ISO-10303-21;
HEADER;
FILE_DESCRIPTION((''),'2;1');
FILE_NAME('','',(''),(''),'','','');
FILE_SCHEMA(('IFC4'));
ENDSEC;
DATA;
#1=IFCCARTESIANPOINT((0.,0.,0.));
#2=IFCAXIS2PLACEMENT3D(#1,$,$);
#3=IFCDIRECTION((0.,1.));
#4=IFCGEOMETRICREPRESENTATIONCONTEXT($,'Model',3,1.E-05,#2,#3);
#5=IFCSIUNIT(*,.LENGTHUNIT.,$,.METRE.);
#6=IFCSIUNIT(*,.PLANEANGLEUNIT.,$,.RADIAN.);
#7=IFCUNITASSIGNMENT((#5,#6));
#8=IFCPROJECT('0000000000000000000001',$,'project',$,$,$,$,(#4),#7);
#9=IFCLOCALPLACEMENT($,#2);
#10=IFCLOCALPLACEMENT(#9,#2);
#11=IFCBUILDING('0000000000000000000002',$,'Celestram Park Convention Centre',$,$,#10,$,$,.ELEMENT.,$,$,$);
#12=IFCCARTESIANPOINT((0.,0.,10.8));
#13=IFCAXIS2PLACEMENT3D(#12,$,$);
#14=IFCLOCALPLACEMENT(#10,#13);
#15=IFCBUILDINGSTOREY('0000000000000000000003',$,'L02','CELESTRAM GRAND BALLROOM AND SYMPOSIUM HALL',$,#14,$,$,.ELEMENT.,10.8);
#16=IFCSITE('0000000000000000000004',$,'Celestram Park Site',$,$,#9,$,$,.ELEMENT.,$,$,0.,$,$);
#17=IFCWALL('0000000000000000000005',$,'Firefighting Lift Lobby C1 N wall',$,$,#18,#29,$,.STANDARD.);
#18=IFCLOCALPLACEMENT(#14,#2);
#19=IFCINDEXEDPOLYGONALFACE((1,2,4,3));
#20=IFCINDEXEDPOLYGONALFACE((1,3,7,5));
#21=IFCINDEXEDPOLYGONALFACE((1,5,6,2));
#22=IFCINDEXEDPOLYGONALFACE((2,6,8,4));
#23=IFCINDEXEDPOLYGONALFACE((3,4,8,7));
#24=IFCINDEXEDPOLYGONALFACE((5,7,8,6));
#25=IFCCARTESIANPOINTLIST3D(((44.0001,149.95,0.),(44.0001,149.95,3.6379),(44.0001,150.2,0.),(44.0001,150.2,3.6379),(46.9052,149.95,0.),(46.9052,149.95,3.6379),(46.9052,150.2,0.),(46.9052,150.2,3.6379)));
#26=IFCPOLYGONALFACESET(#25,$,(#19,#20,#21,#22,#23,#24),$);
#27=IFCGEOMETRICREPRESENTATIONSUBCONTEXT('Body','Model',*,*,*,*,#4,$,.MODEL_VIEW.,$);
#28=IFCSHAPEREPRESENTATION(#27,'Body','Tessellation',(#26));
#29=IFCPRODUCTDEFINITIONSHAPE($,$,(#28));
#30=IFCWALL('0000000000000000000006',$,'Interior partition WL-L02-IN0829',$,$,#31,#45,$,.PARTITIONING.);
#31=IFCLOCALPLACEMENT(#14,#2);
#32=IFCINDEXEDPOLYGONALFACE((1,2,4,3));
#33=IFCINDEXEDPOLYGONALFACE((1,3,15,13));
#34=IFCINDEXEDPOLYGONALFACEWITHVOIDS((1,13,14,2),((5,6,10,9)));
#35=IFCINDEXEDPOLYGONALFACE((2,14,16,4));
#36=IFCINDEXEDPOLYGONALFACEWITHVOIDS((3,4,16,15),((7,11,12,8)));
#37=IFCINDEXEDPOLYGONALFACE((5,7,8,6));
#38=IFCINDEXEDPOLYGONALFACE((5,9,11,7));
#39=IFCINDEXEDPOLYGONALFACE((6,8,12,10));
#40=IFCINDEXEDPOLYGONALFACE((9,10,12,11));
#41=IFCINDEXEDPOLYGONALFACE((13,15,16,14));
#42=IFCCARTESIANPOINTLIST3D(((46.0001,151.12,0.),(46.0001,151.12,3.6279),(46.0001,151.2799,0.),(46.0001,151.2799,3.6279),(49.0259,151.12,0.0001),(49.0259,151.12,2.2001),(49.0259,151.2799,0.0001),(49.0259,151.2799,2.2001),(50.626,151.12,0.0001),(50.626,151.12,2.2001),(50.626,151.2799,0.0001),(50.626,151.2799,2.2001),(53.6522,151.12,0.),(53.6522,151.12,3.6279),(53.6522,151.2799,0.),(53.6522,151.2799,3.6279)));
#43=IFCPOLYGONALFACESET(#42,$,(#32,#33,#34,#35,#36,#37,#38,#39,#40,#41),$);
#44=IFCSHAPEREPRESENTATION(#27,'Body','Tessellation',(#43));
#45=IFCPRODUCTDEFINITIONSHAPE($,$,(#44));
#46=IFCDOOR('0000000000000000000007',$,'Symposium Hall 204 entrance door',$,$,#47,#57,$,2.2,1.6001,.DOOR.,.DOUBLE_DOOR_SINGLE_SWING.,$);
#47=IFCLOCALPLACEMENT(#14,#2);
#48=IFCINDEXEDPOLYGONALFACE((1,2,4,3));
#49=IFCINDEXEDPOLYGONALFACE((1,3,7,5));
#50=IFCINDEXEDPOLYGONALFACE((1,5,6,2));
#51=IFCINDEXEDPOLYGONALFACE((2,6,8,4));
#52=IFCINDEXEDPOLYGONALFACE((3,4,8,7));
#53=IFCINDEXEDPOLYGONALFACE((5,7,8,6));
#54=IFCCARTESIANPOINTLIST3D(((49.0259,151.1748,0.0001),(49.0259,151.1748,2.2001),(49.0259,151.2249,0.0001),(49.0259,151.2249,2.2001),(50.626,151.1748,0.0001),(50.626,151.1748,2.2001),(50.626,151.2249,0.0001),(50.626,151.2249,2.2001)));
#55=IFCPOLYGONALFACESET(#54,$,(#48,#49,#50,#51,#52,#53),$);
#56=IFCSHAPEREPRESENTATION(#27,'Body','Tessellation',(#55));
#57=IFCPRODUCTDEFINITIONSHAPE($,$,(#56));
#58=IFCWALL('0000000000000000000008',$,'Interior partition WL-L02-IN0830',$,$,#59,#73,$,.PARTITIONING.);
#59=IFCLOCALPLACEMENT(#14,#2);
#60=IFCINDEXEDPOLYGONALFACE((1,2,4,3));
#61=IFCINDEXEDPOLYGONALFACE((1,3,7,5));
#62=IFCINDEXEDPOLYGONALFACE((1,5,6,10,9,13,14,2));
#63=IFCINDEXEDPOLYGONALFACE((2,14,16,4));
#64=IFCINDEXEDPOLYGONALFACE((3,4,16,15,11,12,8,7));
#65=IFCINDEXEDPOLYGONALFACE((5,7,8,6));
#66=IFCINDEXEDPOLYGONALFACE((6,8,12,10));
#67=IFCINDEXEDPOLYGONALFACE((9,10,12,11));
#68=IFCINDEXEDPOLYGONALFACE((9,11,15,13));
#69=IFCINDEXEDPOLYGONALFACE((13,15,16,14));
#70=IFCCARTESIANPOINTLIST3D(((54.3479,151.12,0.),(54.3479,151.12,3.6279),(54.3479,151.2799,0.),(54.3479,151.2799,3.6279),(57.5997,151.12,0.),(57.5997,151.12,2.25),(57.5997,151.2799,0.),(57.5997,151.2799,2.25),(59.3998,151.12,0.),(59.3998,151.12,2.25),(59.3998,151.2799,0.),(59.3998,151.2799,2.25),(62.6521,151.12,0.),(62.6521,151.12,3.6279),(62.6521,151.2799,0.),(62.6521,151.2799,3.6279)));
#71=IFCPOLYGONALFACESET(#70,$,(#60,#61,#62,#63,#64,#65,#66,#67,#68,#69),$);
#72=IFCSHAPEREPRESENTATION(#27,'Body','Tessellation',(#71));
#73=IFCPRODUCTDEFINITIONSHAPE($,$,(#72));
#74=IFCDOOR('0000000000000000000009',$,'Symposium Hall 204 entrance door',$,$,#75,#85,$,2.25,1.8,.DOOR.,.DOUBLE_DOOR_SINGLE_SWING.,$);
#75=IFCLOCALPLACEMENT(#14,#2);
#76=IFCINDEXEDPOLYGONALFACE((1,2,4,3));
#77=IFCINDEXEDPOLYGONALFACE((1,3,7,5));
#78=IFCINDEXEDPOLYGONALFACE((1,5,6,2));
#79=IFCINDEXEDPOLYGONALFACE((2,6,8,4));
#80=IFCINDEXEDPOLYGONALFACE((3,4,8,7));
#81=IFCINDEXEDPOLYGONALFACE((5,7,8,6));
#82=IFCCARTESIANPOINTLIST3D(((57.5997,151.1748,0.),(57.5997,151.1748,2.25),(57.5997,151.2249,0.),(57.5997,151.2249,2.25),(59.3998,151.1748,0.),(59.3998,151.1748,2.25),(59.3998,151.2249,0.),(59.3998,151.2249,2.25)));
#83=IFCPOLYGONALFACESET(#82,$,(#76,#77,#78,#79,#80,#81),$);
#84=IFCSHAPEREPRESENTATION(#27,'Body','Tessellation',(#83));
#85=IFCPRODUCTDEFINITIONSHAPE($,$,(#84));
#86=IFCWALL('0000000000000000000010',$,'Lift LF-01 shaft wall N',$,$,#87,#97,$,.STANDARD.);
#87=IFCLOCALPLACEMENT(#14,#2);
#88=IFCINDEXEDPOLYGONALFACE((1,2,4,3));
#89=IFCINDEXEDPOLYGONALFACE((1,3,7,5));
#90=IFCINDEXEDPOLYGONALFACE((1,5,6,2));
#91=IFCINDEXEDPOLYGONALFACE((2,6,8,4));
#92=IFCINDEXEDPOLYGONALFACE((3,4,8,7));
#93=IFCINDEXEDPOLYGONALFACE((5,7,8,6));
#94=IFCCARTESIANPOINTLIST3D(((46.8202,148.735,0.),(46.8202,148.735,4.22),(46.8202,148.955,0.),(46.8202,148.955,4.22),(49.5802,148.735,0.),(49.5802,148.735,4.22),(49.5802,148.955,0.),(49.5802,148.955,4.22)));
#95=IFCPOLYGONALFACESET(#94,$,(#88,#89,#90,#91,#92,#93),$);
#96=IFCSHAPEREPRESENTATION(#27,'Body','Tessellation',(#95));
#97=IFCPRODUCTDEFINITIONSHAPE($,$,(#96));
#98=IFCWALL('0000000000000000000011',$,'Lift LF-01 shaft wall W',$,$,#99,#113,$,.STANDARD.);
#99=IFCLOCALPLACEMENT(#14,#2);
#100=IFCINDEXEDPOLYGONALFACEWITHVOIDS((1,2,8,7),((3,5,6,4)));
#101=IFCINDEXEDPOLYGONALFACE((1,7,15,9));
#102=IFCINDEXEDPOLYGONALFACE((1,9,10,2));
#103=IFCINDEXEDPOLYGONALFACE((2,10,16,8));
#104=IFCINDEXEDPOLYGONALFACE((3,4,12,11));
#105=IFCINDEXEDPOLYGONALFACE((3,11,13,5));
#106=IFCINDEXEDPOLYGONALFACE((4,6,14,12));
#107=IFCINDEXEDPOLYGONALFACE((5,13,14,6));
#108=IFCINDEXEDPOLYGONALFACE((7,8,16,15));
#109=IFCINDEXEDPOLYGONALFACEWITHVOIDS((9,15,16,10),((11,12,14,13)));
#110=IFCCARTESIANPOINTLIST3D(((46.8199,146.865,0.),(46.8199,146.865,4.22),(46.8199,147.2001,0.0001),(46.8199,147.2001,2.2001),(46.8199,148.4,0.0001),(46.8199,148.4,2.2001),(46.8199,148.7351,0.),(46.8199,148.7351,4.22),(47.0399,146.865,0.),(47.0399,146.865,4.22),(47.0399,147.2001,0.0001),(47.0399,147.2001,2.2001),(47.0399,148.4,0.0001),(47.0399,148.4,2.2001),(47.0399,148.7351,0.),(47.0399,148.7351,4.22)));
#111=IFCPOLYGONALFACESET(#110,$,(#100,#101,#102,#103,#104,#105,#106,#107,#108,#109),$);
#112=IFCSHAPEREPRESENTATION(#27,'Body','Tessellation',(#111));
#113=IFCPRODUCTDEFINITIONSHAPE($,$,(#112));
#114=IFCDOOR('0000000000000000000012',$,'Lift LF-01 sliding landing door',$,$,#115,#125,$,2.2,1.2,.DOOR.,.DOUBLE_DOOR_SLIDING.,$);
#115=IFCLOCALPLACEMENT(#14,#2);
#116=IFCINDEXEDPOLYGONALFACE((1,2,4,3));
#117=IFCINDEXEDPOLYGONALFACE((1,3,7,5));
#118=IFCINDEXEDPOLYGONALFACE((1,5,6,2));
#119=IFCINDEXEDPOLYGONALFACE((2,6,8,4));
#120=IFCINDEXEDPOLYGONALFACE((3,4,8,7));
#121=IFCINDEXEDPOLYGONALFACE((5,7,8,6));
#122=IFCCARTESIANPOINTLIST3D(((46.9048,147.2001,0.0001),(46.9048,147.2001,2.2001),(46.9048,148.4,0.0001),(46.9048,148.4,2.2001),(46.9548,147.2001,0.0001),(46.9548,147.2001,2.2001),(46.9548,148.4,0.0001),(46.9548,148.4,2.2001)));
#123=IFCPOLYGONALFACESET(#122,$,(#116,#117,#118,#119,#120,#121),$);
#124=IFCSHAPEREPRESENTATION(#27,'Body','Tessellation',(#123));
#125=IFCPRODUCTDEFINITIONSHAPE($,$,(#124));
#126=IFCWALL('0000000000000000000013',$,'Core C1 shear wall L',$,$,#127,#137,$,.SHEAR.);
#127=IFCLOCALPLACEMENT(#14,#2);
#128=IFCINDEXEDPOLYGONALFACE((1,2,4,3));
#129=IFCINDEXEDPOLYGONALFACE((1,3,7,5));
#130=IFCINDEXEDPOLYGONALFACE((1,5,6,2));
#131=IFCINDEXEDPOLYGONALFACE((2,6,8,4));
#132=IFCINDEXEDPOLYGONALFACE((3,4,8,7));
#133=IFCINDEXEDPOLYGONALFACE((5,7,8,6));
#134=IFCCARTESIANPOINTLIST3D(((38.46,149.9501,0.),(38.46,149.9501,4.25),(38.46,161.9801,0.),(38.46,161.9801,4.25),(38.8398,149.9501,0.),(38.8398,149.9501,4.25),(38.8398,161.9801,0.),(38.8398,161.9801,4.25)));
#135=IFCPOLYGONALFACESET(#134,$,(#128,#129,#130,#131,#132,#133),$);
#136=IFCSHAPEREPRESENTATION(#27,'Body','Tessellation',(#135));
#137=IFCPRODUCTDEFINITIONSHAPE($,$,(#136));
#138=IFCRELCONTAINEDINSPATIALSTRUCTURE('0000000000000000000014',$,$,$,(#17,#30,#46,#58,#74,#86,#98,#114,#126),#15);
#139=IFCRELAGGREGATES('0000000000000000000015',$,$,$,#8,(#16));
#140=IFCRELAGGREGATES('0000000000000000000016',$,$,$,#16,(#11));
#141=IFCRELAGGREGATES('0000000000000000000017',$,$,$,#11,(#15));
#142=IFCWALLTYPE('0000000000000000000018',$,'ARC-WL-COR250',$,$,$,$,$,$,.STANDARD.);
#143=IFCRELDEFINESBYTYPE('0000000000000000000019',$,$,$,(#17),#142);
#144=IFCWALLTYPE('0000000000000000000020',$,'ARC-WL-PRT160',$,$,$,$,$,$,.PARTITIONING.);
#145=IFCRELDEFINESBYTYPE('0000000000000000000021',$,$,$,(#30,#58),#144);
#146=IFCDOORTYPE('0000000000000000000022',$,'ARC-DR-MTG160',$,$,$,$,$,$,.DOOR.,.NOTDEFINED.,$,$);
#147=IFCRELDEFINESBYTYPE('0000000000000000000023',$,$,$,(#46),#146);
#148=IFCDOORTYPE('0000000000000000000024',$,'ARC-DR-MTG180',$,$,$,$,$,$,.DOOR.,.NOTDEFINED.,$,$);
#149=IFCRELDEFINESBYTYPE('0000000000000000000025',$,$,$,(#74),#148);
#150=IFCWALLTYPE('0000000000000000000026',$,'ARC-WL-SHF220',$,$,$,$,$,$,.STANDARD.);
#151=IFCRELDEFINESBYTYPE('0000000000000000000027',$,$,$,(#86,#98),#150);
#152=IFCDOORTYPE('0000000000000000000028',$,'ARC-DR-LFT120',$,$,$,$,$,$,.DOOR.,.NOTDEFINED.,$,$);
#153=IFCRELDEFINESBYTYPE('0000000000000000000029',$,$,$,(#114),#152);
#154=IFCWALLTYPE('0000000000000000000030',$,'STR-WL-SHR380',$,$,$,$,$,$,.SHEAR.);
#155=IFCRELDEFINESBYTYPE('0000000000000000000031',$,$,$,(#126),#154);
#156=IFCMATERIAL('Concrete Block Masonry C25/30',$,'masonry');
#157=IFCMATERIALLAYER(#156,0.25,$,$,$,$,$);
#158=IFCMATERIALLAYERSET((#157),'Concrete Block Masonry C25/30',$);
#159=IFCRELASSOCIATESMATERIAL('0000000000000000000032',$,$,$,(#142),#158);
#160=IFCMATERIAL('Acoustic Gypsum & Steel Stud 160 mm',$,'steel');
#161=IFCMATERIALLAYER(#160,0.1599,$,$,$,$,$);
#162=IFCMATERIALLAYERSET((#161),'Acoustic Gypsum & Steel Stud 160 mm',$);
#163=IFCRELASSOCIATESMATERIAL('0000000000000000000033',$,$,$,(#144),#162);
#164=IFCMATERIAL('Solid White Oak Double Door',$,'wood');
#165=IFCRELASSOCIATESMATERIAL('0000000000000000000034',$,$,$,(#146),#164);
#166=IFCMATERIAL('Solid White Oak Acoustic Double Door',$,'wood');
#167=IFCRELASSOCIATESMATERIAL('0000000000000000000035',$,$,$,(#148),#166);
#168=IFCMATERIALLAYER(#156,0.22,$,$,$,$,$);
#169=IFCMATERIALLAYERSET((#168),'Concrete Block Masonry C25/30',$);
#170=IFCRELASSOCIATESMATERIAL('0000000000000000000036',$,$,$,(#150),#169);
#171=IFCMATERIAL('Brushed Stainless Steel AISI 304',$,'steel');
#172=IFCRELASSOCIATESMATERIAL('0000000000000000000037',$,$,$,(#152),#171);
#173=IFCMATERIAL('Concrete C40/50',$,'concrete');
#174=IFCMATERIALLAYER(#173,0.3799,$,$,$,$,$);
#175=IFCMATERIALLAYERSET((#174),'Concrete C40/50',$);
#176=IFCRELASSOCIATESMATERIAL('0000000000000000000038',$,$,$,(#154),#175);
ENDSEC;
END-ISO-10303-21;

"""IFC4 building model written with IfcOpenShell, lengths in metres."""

from ifc_helpers import new_model, si_unit, direction, frame, frame_2d, origin, place, context, subcontext, project, spatial, rectangle, extrude, material, layer, layer_set, type_object, element, fill, save


model = new_model("IFC4")

# Units and contexts
model_context = context("Model", 3, precision=1e-05, world=origin(), true_north=direction((0.0, 1.0)))
body_context = subcontext(model_context, "Body", "Model", "MODEL_VIEW")
ifc_project = project(units=[si_unit("LENGTHUNIT", "METRE"), si_unit("PLANEANGLEUNIT", "RADIAN")], contexts=[model_context])

# Site, building, storey
site_placement = place(None, origin())
site = spatial("IfcSite", under=ifc_project, at=site_placement, Name="Celestram Park Site", CompositionType="ELEMENT", RefElevation=0.0)
building_placement = place(site_placement, origin())
building = spatial("IfcBuilding", under=site, at=building_placement, Name="Celestram Park Convention Centre", CompositionType="ELEMENT")
storey_placement = place(building_placement, frame((0.0, 0.0, 10.8)))
storey = spatial("IfcBuildingStorey", under=building, at=storey_placement, Name="L02", Description="CELESTRAM GRAND BALLROOM AND SYMPOSIUM HALL", CompositionType="ELEMENT", Elevation=10.8)

# Shared definitions
ifc_material_1 = material(Name="Concrete C40/50", Category="concrete")

# Shared definitions
ifc_material_2 = material(Name="Concrete Block Masonry C25/30", Category="masonry")
ifc_layer_1 = layer(ifc_material_2, 0.25)
ifc_layer_set_1 = layer_set([ifc_layer_1], Name="Concrete Block Masonry C25/30")
wall_type_1 = type_object("IfcWallType", Name="ARC-WL-COR250", PredefinedType="STANDARD", material=ifc_layer_set_1)

# Wall
wall_1_placement = place(storey_placement, frame((44.0, 150.075, 0.0), z_axis=(0.0, 0.0, 1.0), x_axis=(1.0, 0.0, 0.0)))
element("IfcWall", 1, at=wall_1_placement, inside=storey, type_object=wall_type_1, Name="Firefighting Lift Lobby C1 N wall", PredefinedType="STANDARD", context=body_context, shape_type="SweptSolid", body=[
    extrude(rectangle(XDim=2.905, YDim=0.25, at=frame_2d((1.4526, 0.0))), origin(), (0.0, 0.0, 1.0), 3.6379),
])

# Walls, openings, doors
ifc_material_3 = material(Name="Acoustic Gypsum & Steel Stud 160 mm", Category="steel")
ifc_layer_2 = layer(ifc_material_3, 0.1599)
ifc_layer_set_2 = layer_set([ifc_layer_2], Name="Acoustic Gypsum & Steel Stud 160 mm")
wall_type_2 = type_object("IfcWallType", Name="ARC-WL-PRT160", PredefinedType="PARTITIONING", material=ifc_layer_set_2)
wall_2_placement = place(storey_placement, frame((46.0, 151.2, 0.0), z_axis=(0.0, 0.0, 1.0), x_axis=(1.0, 0.0, 0.0)))
wall_2 = element("IfcWall", 2, at=wall_2_placement, inside=storey, type_object=wall_type_2, Name="Interior partition WL-L02-IN0829", PredefinedType="PARTITIONING", context=body_context, shape_type="SweptSolid", body=[
    extrude(rectangle(XDim=7.6521, YDim=0.1599, at=frame_2d((3.8262, 0.0))), origin(), (0.0, 0.0, 1.0), 3.6279),
])
opening_1_placement = place(wall_2_placement, frame((3.0259, 0.0, 0.0)))
opening_1 = element("IfcOpeningElement", 3, at=opening_1_placement, cuts=wall_2, PredefinedType="OPENING", context=body_context, shape_type="SweptSolid", body=[
    extrude(rectangle(XDim=1.6001, YDim=2.2, at=frame_2d((0.8, 1.1001))), frame((0.0, 0.0898, 0.0), z_axis=(0.0, -1.0, 0.0), x_axis=(1.0, 0.0, 0.0)), (0.0, 0.0, 1.0), 0.1799),
])
ifc_material_4 = material(Name="Solid White Oak Double Door", Category="wood")
door_type_1 = type_object("IfcDoorType", Name="ARC-DR-MTG160", OperationType="NOTDEFINED", PredefinedType="DOOR", material=ifc_material_4)
door_1_placement = place(opening_1_placement, origin())
door_1 = element("IfcDoor", 4, at=door_1_placement, inside=storey, type_object=door_type_1, Name="Symposium Hall 204 entrance door", OperationType="DOUBLE_DOOR_SINGLE_SWING", OverallHeight=2.2, OverallWidth=1.6001, PredefinedType="DOOR", context=body_context, shape_type="SweptSolid", body=[
    extrude(rectangle(XDim=1.6001, YDim=2.2, at=frame_2d((0.8, 1.1001))), frame((0.0, 0.0249, 0.0), z_axis=(0.0, -1.0, 0.0), x_axis=(1.0, 0.0, 0.0)), (0.0, 0.0, 1.0), 0.05),
])
fill(opening_1, door_1)
wall_3_placement = place(storey_placement, frame((54.3479, 151.2, 0.0), z_axis=(0.0, 0.0, 1.0), x_axis=(1.0, 0.0, 0.0)))
wall_3 = element("IfcWall", 5, at=wall_3_placement, inside=storey, type_object=wall_type_2, Name="Interior partition WL-L02-IN0830", PredefinedType="PARTITIONING", context=body_context, shape_type="SweptSolid", body=[
    extrude(rectangle(XDim=8.3042, YDim=0.1599, at=frame_2d((4.1521, 0.0))), origin(), (0.0, 0.0, 1.0), 3.6279),
])
opening_2_placement = place(wall_3_placement, frame((3.252, 0.0, 0.0)))
opening_2 = element("IfcOpeningElement", 6, at=opening_2_placement, cuts=wall_3, PredefinedType="OPENING", context=body_context, shape_type="SweptSolid", body=[
    extrude(rectangle(XDim=1.8, YDim=2.25, at=frame_2d((0.8999, 1.125))), frame((0.0, 0.0898, 0.0), z_axis=(0.0, -1.0, 0.0), x_axis=(1.0, 0.0, 0.0)), (0.0, 0.0, 1.0), 0.1799),
])
ifc_material_5 = material(Name="Solid White Oak Acoustic Double Door", Category="wood")
door_type_2 = type_object("IfcDoorType", Name="ARC-DR-MTG180", OperationType="NOTDEFINED", PredefinedType="DOOR", material=ifc_material_5)
door_2_placement = place(opening_2_placement, origin())
door_2 = element("IfcDoor", 7, at=door_2_placement, inside=storey, type_object=door_type_2, Name="Symposium Hall 204 entrance door", OperationType="DOUBLE_DOOR_SINGLE_SWING", OverallHeight=2.25, OverallWidth=1.8, PredefinedType="DOOR", context=body_context, shape_type="SweptSolid", body=[
    extrude(rectangle(XDim=1.8, YDim=2.25, at=frame_2d((0.8999, 1.125))), frame((0.0, 0.0249, 0.0), z_axis=(0.0, -1.0, 0.0), x_axis=(1.0, 0.0, 0.0)), (0.0, 0.0, 1.0), 0.05),
])
fill(opening_2, door_2)

# Wall
ifc_layer_3 = layer(ifc_material_2, 0.22)
ifc_layer_set_3 = layer_set([ifc_layer_3], Name="Concrete Block Masonry C25/30")
wall_type_3 = type_object("IfcWallType", Name="ARC-WL-SHF220", PredefinedType="STANDARD", material=ifc_layer_set_3)
wall_4_placement = place(storey_placement, frame((49.5801, 148.845, 0.0), z_axis=(0.0, 0.0, 1.0), x_axis=(-1.0, 0.0, 0.0)))
element("IfcWall", 8, at=wall_4_placement, inside=storey, type_object=wall_type_3, Name="Lift LF-01 shaft wall N", PredefinedType="STANDARD", context=body_context, shape_type="SweptSolid", body=[
    extrude(rectangle(XDim=2.76, YDim=0.22, at=frame_2d((1.3799, 0.0))), origin(), (0.0, 0.0, 1.0), 4.22),
])

# Wall, opening, door
wall_5_placement = place(storey_placement, frame((46.9299, 148.7351, 0.0), z_axis=(0.0, 0.0, 1.0), x_axis=(0.0, -1.0, 0.0)))
wall_5 = element("IfcWall", 9, at=wall_5_placement, inside=storey, type_object=wall_type_3, Name="Lift LF-01 shaft wall W", PredefinedType="STANDARD", context=body_context, shape_type="SweptSolid", body=[
    extrude(rectangle(XDim=1.8701, YDim=0.22, at=frame_2d((0.9351, 0.0))), origin(), (0.0, 0.0, 1.0), 4.22),
])
opening_3_placement = place(wall_5_placement, frame((0.335, 0.0, 0.0)))
opening_3 = element("IfcOpeningElement", 10, at=opening_3_placement, cuts=wall_5, PredefinedType="OPENING", context=body_context, shape_type="SweptSolid", body=[
    extrude(rectangle(XDim=1.2, YDim=2.2, at=frame_2d((0.6001, 1.1001))), frame((0.0, 0.1199, 0.0), z_axis=(0.0, -1.0, 0.0), x_axis=(1.0, 0.0, 0.0)), (0.0, 0.0, 1.0), 0.24),
])
ifc_material_6 = material(Name="Brushed Stainless Steel AISI 304", Category="steel")
door_type_3 = type_object("IfcDoorType", Name="ARC-DR-LFT120", OperationType="NOTDEFINED", PredefinedType="DOOR", material=ifc_material_6)
door_3_placement = place(opening_3_placement, origin())
door_3 = element("IfcDoor", 11, at=door_3_placement, inside=storey, type_object=door_type_3, Name="Lift LF-01 sliding landing door", OperationType="DOUBLE_DOOR_SLIDING", OverallHeight=2.2, OverallWidth=1.2, PredefinedType="DOOR", context=body_context, shape_type="SweptSolid", body=[
    extrude(rectangle(XDim=1.2, YDim=2.2, at=frame_2d((0.6001, 1.1001))), frame((0.0, 0.0249, 0.0), z_axis=(0.0, -1.0, 0.0), x_axis=(1.0, 0.0, 0.0)), (0.0, 0.0, 1.0), 0.05),
])
fill(opening_3, door_3)

# Wall
ifc_layer_4 = layer(ifc_material_1, 0.3799)
ifc_layer_set_4 = layer_set([ifc_layer_4], Name="Concrete C40/50")
wall_type_4 = type_object("IfcWallType", Name="STR-WL-SHR380", PredefinedType="SHEAR", material=ifc_layer_set_4)
wall_6_placement = place(storey_placement, frame((38.6499, 149.95, 0.0), z_axis=(0.0, 0.0, 1.0), x_axis=(0.0, 1.0, 0.0)))
element("IfcWall", 12, at=wall_6_placement, inside=storey, type_object=wall_type_4, Name="Core C1 shear wall L", PredefinedType="SHEAR", context=body_context, shape_type="SweptSolid", body=[
    extrude(rectangle(XDim=12.03, YDim=0.3799, at=frame_2d((6.0151, 0.0))), origin(), (0.0, 0.0, 1.0), 4.25),
])

save(model, "model.ifc")
